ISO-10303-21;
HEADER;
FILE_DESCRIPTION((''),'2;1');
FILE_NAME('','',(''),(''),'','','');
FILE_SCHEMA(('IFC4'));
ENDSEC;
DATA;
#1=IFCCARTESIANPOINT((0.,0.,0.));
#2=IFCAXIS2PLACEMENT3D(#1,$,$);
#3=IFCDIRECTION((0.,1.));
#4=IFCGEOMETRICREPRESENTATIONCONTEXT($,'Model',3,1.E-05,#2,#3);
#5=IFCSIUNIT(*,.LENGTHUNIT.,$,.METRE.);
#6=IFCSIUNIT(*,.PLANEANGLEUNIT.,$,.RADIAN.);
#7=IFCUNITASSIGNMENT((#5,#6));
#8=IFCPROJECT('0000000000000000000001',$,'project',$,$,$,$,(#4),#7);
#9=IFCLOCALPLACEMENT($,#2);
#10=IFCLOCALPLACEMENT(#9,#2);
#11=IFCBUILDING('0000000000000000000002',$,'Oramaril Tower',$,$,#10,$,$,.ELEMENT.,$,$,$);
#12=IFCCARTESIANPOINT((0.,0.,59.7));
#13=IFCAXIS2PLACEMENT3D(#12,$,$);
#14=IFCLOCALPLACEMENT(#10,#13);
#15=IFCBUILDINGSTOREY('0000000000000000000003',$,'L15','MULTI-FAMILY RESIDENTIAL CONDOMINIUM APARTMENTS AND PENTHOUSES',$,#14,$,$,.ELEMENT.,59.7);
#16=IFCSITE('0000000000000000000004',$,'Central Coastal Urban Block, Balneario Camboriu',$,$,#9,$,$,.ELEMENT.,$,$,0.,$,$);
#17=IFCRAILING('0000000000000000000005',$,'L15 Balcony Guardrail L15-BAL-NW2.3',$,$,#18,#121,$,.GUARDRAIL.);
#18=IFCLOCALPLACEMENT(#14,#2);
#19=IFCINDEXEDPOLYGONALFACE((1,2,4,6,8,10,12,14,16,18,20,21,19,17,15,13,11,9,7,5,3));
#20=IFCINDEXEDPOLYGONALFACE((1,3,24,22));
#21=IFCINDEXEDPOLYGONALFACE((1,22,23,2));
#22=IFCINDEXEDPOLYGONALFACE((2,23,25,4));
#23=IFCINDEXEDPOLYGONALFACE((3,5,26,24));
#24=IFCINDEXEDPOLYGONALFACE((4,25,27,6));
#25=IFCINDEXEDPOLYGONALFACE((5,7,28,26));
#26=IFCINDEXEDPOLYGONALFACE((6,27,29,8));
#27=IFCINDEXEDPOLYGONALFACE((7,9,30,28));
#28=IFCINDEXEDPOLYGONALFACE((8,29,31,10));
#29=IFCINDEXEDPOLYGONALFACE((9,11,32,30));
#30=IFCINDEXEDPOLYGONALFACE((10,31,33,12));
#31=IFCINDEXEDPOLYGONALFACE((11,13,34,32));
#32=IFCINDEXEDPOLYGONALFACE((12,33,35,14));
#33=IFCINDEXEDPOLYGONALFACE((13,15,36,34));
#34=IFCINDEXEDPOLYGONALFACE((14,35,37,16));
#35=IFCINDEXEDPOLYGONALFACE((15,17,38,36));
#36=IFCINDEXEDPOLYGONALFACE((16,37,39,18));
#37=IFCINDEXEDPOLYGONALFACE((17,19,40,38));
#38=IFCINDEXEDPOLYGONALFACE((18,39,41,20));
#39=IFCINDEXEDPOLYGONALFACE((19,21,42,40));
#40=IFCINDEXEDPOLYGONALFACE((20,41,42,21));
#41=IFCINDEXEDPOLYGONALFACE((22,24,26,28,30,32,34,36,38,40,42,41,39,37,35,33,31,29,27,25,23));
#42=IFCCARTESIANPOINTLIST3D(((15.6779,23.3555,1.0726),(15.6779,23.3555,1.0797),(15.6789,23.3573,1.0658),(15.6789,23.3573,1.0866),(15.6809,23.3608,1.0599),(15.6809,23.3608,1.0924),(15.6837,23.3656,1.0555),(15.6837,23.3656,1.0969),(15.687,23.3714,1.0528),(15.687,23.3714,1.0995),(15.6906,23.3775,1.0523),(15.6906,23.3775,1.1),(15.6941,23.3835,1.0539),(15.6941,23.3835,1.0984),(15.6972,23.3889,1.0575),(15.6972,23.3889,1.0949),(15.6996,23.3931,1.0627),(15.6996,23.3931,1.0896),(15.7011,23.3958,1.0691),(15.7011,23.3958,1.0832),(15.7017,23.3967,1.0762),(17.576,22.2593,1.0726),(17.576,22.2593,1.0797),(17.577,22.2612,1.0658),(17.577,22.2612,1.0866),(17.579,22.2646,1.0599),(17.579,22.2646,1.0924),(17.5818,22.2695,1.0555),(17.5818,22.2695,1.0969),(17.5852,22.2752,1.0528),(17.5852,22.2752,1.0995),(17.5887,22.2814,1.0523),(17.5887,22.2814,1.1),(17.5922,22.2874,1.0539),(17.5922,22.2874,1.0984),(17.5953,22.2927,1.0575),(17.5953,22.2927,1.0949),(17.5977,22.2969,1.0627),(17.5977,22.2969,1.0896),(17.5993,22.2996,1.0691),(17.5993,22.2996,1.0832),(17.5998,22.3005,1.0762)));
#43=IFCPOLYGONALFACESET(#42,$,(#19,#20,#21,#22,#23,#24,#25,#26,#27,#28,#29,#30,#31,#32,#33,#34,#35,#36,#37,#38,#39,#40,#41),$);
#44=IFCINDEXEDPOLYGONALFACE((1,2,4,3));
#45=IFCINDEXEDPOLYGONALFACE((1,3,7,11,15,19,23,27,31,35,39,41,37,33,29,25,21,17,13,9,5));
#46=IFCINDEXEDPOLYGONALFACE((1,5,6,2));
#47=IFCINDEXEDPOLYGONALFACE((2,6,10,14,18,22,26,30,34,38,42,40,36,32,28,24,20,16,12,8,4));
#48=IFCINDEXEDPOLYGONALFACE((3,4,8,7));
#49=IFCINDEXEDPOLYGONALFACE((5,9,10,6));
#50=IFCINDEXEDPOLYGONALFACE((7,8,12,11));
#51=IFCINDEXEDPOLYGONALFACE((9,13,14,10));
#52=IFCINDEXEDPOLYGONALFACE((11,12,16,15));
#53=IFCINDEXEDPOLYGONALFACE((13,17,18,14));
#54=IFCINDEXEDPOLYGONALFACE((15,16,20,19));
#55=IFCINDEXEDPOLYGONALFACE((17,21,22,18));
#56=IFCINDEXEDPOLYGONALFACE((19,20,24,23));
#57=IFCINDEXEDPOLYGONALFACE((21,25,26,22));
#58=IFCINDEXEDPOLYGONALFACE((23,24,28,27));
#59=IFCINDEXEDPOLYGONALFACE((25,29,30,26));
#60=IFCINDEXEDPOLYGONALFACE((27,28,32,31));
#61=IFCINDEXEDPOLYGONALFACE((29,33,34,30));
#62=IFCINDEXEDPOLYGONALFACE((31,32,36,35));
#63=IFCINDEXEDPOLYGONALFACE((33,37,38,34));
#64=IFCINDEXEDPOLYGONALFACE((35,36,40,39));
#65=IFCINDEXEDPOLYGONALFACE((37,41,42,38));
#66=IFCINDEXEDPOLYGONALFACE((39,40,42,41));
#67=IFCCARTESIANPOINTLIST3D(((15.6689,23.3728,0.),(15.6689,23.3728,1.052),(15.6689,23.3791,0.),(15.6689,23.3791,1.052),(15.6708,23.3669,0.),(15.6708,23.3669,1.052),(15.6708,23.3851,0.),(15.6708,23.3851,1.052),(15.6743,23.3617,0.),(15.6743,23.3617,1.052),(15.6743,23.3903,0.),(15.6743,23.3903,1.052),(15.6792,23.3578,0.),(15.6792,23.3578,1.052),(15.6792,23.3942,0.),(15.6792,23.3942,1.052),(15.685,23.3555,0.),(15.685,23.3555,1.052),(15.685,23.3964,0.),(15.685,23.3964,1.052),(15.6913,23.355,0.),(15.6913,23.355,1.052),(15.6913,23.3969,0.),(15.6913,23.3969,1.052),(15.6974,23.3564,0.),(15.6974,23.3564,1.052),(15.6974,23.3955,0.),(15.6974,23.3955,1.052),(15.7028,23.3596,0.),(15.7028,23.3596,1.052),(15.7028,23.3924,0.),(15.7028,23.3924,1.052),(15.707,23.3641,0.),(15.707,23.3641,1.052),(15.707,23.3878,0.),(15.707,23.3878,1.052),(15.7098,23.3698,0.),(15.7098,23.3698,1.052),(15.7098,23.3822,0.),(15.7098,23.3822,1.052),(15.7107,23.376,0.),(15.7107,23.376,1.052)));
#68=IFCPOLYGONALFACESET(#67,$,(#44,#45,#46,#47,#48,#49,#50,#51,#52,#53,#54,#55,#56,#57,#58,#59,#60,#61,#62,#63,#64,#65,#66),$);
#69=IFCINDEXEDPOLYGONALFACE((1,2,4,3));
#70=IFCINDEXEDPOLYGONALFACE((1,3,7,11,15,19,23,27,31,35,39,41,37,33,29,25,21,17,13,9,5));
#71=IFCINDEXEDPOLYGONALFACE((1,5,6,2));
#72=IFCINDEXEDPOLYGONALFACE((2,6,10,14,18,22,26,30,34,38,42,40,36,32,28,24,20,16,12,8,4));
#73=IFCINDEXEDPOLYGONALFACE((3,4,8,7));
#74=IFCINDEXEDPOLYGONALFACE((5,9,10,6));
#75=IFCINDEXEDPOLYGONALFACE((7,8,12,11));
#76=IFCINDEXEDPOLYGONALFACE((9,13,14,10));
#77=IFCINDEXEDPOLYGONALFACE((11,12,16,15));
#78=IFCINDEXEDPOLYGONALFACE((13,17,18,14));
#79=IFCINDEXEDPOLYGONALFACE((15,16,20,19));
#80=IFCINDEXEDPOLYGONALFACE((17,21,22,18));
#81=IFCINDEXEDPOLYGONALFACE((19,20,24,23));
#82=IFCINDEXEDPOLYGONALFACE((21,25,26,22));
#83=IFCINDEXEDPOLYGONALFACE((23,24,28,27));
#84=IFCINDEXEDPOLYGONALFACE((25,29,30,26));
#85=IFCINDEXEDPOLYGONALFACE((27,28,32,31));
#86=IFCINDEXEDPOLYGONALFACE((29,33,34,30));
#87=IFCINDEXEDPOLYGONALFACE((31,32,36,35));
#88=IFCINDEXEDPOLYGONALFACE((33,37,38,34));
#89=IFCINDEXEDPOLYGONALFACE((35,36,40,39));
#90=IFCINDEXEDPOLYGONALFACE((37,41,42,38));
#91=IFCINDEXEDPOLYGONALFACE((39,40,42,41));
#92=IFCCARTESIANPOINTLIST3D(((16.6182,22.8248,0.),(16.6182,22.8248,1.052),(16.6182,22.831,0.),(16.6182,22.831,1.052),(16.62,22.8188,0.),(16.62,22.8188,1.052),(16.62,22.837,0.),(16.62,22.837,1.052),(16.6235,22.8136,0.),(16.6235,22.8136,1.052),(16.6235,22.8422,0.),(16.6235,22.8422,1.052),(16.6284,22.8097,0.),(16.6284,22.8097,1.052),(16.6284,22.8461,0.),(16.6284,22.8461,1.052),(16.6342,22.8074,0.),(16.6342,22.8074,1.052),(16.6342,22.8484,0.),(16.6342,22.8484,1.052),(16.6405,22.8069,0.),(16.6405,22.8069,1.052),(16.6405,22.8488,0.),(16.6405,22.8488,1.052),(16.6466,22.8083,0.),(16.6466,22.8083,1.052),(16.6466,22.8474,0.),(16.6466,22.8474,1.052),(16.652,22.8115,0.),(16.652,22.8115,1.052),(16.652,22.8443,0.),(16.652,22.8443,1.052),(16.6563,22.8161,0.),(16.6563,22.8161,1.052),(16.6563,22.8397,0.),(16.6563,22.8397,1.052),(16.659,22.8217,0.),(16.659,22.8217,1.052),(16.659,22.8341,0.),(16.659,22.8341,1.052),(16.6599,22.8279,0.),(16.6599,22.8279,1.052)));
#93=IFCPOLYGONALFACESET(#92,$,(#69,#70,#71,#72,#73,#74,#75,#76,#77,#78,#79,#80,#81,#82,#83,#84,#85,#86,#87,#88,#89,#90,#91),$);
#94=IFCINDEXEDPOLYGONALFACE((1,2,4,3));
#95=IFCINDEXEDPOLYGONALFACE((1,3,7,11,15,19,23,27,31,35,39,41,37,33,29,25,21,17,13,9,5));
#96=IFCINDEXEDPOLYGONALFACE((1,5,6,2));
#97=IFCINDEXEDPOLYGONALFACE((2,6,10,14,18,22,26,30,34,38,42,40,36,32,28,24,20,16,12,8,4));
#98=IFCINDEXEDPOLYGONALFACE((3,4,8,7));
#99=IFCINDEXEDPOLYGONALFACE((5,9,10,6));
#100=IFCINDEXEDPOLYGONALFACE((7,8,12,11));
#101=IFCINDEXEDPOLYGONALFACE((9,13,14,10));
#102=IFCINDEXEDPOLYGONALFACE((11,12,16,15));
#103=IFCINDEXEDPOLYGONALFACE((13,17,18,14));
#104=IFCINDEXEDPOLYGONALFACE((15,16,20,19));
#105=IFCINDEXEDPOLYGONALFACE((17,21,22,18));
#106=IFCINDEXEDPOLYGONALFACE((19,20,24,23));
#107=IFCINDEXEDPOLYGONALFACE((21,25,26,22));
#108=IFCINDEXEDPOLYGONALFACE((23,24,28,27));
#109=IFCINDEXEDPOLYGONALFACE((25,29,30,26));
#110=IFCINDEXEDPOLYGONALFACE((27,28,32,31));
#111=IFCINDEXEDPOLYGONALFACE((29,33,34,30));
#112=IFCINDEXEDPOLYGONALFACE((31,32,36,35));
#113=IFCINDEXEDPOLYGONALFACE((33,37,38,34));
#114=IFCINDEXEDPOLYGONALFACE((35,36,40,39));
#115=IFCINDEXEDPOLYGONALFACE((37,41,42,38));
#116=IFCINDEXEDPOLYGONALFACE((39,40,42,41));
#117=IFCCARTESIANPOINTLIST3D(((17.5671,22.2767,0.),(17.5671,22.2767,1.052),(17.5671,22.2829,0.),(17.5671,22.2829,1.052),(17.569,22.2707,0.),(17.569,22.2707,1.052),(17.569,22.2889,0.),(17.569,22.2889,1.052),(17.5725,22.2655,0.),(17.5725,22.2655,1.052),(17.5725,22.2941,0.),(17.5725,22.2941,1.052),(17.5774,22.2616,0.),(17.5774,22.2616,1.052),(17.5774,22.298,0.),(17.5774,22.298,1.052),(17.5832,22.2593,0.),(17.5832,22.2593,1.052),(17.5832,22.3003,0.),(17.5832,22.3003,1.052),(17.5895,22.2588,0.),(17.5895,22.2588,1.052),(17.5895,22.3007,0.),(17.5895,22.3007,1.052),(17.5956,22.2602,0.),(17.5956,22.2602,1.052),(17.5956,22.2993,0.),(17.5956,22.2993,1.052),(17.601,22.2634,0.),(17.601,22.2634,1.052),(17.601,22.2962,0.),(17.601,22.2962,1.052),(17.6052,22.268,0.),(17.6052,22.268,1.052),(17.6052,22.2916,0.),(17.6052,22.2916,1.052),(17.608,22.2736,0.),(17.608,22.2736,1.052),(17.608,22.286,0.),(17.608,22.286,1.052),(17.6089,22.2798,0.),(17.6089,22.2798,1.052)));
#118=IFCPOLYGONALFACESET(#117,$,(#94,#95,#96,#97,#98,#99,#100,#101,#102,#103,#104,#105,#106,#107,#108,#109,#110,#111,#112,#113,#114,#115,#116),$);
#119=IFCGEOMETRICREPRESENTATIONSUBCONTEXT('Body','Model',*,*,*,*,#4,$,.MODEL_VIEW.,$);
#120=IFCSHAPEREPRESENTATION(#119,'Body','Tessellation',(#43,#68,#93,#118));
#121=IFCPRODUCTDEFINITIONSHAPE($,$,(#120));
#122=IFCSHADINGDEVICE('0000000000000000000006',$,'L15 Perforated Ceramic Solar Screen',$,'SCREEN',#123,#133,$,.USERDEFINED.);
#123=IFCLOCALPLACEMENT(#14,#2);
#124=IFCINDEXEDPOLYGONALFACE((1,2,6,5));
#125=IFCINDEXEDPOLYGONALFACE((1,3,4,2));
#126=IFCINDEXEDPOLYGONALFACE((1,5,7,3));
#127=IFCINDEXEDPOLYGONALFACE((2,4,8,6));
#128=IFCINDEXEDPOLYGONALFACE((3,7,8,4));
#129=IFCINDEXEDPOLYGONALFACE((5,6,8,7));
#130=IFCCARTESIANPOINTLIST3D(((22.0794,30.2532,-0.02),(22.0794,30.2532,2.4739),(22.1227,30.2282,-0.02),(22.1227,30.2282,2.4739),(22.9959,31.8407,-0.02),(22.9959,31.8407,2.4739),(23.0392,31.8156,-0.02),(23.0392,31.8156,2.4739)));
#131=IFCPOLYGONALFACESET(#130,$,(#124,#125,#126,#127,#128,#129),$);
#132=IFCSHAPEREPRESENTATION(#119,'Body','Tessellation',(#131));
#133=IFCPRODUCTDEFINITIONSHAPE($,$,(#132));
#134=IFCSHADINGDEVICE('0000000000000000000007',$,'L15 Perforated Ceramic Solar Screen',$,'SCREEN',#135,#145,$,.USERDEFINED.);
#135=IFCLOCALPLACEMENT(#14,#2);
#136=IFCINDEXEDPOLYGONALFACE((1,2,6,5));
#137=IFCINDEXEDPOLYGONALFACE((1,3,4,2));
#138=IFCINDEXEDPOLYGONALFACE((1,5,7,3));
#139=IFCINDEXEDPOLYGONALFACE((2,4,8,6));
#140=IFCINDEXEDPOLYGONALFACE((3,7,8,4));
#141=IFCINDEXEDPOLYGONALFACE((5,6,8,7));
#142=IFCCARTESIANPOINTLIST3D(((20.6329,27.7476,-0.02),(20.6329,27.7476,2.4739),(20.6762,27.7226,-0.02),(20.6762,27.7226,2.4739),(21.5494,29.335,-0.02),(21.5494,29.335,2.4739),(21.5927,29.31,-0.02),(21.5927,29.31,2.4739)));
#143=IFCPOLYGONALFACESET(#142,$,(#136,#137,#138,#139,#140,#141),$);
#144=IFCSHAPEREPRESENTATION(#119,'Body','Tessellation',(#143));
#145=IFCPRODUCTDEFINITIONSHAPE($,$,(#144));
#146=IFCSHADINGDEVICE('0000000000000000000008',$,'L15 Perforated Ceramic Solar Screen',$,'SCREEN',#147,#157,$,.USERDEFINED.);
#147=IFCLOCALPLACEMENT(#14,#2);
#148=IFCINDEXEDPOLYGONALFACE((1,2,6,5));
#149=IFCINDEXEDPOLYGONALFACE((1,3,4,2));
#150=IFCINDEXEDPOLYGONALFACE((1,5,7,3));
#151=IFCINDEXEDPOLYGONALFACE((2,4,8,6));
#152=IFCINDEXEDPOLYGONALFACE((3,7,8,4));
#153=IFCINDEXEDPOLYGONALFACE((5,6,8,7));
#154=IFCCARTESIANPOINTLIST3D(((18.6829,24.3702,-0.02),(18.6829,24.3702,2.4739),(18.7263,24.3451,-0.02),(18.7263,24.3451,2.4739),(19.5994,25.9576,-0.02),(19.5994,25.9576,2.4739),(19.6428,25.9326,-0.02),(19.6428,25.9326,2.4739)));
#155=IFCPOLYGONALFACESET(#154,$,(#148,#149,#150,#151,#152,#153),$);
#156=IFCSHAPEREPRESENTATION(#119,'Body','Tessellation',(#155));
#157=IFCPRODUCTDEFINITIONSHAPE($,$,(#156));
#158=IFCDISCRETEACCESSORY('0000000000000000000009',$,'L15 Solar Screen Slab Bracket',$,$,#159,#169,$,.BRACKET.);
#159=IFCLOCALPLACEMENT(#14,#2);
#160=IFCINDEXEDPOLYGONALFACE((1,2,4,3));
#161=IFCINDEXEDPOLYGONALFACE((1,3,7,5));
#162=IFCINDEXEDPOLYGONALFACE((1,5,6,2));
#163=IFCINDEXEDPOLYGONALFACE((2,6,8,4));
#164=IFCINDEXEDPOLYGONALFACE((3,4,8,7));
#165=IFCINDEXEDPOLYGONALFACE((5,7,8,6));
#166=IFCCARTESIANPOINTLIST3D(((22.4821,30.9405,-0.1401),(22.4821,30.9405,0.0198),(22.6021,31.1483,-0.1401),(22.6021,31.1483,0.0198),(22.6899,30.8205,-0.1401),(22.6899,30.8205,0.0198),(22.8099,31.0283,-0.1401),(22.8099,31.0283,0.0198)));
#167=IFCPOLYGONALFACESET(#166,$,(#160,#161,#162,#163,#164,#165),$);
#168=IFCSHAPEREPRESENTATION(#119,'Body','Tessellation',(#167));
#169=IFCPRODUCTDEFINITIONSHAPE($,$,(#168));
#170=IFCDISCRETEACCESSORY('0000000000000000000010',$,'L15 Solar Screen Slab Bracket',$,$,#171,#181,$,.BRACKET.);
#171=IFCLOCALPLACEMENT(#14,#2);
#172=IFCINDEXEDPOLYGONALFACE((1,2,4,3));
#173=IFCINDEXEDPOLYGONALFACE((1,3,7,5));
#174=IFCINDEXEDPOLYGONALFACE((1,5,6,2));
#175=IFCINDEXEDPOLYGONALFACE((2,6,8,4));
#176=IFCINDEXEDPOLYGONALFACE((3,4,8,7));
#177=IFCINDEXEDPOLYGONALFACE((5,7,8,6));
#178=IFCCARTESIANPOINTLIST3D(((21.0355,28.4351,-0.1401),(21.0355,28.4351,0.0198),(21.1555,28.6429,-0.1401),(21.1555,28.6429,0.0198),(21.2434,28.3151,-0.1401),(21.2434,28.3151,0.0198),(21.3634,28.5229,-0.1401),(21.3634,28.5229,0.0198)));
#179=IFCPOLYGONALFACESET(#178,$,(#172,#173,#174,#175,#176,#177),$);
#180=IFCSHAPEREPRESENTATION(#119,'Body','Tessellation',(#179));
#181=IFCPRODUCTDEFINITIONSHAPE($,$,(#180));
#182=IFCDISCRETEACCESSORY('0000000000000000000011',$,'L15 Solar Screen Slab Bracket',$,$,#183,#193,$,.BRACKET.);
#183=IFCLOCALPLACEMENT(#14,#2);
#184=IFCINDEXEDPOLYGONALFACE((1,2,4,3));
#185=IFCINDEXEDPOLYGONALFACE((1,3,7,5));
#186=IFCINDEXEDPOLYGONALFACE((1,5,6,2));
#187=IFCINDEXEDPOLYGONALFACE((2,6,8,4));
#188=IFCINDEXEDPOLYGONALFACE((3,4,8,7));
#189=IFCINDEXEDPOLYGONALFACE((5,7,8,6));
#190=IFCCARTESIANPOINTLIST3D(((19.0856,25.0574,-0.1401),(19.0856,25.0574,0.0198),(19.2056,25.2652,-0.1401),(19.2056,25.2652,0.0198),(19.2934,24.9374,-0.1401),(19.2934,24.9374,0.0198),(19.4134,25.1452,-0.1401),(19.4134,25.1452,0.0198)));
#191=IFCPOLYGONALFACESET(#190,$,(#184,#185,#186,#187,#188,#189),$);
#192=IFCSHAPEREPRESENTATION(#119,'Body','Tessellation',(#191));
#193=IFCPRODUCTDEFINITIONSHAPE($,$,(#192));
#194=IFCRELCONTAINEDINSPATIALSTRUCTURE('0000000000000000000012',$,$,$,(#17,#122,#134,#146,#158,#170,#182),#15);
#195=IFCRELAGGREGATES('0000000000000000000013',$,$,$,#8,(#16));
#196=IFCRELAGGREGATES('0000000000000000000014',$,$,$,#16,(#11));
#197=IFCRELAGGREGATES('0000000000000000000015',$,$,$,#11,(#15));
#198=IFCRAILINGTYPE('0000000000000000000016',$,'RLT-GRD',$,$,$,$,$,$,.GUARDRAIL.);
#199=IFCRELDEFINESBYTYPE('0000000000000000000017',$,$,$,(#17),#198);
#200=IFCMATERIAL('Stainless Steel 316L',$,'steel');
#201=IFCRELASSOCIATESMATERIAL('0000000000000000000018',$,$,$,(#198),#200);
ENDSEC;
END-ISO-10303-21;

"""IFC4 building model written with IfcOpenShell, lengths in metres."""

from ifc_helpers import new_model, si_unit, direction, frame, origin, origin_2d, place, context, subcontext, project, spatial, rectangle, circle, extrude, material, type_object, element, save


model = new_model("IFC4")

# Units and contexts
model_context = context("Model", 3, precision=1e-05, world=origin(), true_north=direction((0.0, 1.0)))
body_context = subcontext(model_context, "Body", "Model", "MODEL_VIEW")
ifc_project = project(units=[si_unit("LENGTHUNIT", "METRE"), si_unit("PLANEANGLEUNIT", "RADIAN")], contexts=[model_context])

# Site, building, storey
site_placement = place(None, origin())
site = spatial("IfcSite", under=ifc_project, at=site_placement, Name="Central Coastal Urban Block, Balneario Camboriu", CompositionType="ELEMENT", RefElevation=0.0)
building_placement = place(site_placement, origin())
building = spatial("IfcBuilding", under=site, at=building_placement, Name="Oramaril Tower", CompositionType="ELEMENT")
storey_placement = place(building_placement, frame((0.0, 0.0, 59.7)))
storey = spatial("IfcBuildingStorey", under=building, at=storey_placement, Name="L15", Description="MULTI-FAMILY RESIDENTIAL CONDOMINIUM APARTMENTS AND PENTHOUSES", CompositionType="ELEMENT", Elevation=59.7)

# Railing
ifc_material_1 = material(Name="Stainless Steel 316L", Category="steel")
railing_type = type_object("IfcRailingType", Name="RLT-GRD", PredefinedType="GUARDRAIL", material=ifc_material_1)
railing_1_placement = place(storey_placement, frame((15.6897, 23.376, 0.0)))
element("IfcRailing", 1, at=railing_1_placement, inside=storey, type_object=railing_type, Name="L15 Balcony Guardrail L15-BAL-NW2.3", PredefinedType="GUARDRAIL", context=body_context, shape_type="SweptSolid", body=[
    extrude(circle(Radius=0.0239, at=origin_2d()), frame((0.0, 0.0, 1.0762), z_axis=(0.865972, -0.500092, 0.0), x_axis=(0.500092, 0.865972, 0.0)), (0.0, 0.0, 1.0), 2.1919),
    extrude(circle(Radius=0.021, at=origin_2d()), origin(), (0.0, 0.0, 1.0), 1.052),
    extrude(circle(Radius=0.021, at=origin_2d()), frame((0.9492, -0.5481, 0.0)), (0.0, 0.0, 1.0), 1.052),
    extrude(circle(Radius=0.021, at=origin_2d()), frame((1.8982, -1.0962, 0.0)), (0.0, 0.0, 1.0), 1.052),
])

# Shading devices
for number, where, z_axis, x_axis, name in (
    (2, (22.5593, 31.0344, -0.02), (0.0, 0.0, 1.0), (-0.499998, -0.866026, 0.0), "L15 Perforated Ceramic Solar Screen"),
    (3, (21.1128, 28.5288, -0.02), (0.0, 0.0, 1.0), (-0.499998, -0.866026, 0.0), "L15 Perforated Ceramic Solar Screen"),
    (4, (19.1628, 25.1514, -0.02), (0.0, 0.0, 1.0), (-0.499998, -0.866026, 0.0), "L15 Perforated Ceramic Solar Screen"),
):
    element("IfcShadingDevice", number, at=place(storey_placement, frame(where, z_axis=z_axis, x_axis=x_axis)), inside=storey, Name=name, ObjectType="SCREEN", PredefinedType="USERDEFINED", context=body_context, shape_type="SweptSolid", body=[
        extrude(rectangle(XDim=1.833, YDim=0.05, at=origin_2d()), origin(), (0.0, 0.0, 1.0), 2.4939),
    ])

# Discrete accessories
for number, where, z_axis, x_axis, name in (
    (5, (22.646, 30.9844, -0.1401), (0.0, 0.0, 1.0), (-0.499998, -0.866026, 0.0), "L15 Solar Screen Slab Bracket"),
    (6, (21.1995, 28.479, -0.1401), (0.0, 0.0, 1.0), (-0.499998, -0.866026, 0.0), "L15 Solar Screen Slab Bracket"),
    (7, (19.2495, 25.1013, -0.1401), (0.0, 0.0, 1.0), (-0.499998, -0.866026, 0.0), "L15 Solar Screen Slab Bracket"),
):
    element("IfcDiscreteAccessory", number, at=place(storey_placement, frame(where, z_axis=z_axis, x_axis=x_axis)), inside=storey, Name=name, PredefinedType="BRACKET", context=body_context, shape_type="SweptSolid", body=[
        extrude(rectangle(XDim=0.24, YDim=0.24, at=origin_2d()), origin(), (0.0, 0.0, 1.0), 0.1599),
    ])

save(model, "model.ifc")
